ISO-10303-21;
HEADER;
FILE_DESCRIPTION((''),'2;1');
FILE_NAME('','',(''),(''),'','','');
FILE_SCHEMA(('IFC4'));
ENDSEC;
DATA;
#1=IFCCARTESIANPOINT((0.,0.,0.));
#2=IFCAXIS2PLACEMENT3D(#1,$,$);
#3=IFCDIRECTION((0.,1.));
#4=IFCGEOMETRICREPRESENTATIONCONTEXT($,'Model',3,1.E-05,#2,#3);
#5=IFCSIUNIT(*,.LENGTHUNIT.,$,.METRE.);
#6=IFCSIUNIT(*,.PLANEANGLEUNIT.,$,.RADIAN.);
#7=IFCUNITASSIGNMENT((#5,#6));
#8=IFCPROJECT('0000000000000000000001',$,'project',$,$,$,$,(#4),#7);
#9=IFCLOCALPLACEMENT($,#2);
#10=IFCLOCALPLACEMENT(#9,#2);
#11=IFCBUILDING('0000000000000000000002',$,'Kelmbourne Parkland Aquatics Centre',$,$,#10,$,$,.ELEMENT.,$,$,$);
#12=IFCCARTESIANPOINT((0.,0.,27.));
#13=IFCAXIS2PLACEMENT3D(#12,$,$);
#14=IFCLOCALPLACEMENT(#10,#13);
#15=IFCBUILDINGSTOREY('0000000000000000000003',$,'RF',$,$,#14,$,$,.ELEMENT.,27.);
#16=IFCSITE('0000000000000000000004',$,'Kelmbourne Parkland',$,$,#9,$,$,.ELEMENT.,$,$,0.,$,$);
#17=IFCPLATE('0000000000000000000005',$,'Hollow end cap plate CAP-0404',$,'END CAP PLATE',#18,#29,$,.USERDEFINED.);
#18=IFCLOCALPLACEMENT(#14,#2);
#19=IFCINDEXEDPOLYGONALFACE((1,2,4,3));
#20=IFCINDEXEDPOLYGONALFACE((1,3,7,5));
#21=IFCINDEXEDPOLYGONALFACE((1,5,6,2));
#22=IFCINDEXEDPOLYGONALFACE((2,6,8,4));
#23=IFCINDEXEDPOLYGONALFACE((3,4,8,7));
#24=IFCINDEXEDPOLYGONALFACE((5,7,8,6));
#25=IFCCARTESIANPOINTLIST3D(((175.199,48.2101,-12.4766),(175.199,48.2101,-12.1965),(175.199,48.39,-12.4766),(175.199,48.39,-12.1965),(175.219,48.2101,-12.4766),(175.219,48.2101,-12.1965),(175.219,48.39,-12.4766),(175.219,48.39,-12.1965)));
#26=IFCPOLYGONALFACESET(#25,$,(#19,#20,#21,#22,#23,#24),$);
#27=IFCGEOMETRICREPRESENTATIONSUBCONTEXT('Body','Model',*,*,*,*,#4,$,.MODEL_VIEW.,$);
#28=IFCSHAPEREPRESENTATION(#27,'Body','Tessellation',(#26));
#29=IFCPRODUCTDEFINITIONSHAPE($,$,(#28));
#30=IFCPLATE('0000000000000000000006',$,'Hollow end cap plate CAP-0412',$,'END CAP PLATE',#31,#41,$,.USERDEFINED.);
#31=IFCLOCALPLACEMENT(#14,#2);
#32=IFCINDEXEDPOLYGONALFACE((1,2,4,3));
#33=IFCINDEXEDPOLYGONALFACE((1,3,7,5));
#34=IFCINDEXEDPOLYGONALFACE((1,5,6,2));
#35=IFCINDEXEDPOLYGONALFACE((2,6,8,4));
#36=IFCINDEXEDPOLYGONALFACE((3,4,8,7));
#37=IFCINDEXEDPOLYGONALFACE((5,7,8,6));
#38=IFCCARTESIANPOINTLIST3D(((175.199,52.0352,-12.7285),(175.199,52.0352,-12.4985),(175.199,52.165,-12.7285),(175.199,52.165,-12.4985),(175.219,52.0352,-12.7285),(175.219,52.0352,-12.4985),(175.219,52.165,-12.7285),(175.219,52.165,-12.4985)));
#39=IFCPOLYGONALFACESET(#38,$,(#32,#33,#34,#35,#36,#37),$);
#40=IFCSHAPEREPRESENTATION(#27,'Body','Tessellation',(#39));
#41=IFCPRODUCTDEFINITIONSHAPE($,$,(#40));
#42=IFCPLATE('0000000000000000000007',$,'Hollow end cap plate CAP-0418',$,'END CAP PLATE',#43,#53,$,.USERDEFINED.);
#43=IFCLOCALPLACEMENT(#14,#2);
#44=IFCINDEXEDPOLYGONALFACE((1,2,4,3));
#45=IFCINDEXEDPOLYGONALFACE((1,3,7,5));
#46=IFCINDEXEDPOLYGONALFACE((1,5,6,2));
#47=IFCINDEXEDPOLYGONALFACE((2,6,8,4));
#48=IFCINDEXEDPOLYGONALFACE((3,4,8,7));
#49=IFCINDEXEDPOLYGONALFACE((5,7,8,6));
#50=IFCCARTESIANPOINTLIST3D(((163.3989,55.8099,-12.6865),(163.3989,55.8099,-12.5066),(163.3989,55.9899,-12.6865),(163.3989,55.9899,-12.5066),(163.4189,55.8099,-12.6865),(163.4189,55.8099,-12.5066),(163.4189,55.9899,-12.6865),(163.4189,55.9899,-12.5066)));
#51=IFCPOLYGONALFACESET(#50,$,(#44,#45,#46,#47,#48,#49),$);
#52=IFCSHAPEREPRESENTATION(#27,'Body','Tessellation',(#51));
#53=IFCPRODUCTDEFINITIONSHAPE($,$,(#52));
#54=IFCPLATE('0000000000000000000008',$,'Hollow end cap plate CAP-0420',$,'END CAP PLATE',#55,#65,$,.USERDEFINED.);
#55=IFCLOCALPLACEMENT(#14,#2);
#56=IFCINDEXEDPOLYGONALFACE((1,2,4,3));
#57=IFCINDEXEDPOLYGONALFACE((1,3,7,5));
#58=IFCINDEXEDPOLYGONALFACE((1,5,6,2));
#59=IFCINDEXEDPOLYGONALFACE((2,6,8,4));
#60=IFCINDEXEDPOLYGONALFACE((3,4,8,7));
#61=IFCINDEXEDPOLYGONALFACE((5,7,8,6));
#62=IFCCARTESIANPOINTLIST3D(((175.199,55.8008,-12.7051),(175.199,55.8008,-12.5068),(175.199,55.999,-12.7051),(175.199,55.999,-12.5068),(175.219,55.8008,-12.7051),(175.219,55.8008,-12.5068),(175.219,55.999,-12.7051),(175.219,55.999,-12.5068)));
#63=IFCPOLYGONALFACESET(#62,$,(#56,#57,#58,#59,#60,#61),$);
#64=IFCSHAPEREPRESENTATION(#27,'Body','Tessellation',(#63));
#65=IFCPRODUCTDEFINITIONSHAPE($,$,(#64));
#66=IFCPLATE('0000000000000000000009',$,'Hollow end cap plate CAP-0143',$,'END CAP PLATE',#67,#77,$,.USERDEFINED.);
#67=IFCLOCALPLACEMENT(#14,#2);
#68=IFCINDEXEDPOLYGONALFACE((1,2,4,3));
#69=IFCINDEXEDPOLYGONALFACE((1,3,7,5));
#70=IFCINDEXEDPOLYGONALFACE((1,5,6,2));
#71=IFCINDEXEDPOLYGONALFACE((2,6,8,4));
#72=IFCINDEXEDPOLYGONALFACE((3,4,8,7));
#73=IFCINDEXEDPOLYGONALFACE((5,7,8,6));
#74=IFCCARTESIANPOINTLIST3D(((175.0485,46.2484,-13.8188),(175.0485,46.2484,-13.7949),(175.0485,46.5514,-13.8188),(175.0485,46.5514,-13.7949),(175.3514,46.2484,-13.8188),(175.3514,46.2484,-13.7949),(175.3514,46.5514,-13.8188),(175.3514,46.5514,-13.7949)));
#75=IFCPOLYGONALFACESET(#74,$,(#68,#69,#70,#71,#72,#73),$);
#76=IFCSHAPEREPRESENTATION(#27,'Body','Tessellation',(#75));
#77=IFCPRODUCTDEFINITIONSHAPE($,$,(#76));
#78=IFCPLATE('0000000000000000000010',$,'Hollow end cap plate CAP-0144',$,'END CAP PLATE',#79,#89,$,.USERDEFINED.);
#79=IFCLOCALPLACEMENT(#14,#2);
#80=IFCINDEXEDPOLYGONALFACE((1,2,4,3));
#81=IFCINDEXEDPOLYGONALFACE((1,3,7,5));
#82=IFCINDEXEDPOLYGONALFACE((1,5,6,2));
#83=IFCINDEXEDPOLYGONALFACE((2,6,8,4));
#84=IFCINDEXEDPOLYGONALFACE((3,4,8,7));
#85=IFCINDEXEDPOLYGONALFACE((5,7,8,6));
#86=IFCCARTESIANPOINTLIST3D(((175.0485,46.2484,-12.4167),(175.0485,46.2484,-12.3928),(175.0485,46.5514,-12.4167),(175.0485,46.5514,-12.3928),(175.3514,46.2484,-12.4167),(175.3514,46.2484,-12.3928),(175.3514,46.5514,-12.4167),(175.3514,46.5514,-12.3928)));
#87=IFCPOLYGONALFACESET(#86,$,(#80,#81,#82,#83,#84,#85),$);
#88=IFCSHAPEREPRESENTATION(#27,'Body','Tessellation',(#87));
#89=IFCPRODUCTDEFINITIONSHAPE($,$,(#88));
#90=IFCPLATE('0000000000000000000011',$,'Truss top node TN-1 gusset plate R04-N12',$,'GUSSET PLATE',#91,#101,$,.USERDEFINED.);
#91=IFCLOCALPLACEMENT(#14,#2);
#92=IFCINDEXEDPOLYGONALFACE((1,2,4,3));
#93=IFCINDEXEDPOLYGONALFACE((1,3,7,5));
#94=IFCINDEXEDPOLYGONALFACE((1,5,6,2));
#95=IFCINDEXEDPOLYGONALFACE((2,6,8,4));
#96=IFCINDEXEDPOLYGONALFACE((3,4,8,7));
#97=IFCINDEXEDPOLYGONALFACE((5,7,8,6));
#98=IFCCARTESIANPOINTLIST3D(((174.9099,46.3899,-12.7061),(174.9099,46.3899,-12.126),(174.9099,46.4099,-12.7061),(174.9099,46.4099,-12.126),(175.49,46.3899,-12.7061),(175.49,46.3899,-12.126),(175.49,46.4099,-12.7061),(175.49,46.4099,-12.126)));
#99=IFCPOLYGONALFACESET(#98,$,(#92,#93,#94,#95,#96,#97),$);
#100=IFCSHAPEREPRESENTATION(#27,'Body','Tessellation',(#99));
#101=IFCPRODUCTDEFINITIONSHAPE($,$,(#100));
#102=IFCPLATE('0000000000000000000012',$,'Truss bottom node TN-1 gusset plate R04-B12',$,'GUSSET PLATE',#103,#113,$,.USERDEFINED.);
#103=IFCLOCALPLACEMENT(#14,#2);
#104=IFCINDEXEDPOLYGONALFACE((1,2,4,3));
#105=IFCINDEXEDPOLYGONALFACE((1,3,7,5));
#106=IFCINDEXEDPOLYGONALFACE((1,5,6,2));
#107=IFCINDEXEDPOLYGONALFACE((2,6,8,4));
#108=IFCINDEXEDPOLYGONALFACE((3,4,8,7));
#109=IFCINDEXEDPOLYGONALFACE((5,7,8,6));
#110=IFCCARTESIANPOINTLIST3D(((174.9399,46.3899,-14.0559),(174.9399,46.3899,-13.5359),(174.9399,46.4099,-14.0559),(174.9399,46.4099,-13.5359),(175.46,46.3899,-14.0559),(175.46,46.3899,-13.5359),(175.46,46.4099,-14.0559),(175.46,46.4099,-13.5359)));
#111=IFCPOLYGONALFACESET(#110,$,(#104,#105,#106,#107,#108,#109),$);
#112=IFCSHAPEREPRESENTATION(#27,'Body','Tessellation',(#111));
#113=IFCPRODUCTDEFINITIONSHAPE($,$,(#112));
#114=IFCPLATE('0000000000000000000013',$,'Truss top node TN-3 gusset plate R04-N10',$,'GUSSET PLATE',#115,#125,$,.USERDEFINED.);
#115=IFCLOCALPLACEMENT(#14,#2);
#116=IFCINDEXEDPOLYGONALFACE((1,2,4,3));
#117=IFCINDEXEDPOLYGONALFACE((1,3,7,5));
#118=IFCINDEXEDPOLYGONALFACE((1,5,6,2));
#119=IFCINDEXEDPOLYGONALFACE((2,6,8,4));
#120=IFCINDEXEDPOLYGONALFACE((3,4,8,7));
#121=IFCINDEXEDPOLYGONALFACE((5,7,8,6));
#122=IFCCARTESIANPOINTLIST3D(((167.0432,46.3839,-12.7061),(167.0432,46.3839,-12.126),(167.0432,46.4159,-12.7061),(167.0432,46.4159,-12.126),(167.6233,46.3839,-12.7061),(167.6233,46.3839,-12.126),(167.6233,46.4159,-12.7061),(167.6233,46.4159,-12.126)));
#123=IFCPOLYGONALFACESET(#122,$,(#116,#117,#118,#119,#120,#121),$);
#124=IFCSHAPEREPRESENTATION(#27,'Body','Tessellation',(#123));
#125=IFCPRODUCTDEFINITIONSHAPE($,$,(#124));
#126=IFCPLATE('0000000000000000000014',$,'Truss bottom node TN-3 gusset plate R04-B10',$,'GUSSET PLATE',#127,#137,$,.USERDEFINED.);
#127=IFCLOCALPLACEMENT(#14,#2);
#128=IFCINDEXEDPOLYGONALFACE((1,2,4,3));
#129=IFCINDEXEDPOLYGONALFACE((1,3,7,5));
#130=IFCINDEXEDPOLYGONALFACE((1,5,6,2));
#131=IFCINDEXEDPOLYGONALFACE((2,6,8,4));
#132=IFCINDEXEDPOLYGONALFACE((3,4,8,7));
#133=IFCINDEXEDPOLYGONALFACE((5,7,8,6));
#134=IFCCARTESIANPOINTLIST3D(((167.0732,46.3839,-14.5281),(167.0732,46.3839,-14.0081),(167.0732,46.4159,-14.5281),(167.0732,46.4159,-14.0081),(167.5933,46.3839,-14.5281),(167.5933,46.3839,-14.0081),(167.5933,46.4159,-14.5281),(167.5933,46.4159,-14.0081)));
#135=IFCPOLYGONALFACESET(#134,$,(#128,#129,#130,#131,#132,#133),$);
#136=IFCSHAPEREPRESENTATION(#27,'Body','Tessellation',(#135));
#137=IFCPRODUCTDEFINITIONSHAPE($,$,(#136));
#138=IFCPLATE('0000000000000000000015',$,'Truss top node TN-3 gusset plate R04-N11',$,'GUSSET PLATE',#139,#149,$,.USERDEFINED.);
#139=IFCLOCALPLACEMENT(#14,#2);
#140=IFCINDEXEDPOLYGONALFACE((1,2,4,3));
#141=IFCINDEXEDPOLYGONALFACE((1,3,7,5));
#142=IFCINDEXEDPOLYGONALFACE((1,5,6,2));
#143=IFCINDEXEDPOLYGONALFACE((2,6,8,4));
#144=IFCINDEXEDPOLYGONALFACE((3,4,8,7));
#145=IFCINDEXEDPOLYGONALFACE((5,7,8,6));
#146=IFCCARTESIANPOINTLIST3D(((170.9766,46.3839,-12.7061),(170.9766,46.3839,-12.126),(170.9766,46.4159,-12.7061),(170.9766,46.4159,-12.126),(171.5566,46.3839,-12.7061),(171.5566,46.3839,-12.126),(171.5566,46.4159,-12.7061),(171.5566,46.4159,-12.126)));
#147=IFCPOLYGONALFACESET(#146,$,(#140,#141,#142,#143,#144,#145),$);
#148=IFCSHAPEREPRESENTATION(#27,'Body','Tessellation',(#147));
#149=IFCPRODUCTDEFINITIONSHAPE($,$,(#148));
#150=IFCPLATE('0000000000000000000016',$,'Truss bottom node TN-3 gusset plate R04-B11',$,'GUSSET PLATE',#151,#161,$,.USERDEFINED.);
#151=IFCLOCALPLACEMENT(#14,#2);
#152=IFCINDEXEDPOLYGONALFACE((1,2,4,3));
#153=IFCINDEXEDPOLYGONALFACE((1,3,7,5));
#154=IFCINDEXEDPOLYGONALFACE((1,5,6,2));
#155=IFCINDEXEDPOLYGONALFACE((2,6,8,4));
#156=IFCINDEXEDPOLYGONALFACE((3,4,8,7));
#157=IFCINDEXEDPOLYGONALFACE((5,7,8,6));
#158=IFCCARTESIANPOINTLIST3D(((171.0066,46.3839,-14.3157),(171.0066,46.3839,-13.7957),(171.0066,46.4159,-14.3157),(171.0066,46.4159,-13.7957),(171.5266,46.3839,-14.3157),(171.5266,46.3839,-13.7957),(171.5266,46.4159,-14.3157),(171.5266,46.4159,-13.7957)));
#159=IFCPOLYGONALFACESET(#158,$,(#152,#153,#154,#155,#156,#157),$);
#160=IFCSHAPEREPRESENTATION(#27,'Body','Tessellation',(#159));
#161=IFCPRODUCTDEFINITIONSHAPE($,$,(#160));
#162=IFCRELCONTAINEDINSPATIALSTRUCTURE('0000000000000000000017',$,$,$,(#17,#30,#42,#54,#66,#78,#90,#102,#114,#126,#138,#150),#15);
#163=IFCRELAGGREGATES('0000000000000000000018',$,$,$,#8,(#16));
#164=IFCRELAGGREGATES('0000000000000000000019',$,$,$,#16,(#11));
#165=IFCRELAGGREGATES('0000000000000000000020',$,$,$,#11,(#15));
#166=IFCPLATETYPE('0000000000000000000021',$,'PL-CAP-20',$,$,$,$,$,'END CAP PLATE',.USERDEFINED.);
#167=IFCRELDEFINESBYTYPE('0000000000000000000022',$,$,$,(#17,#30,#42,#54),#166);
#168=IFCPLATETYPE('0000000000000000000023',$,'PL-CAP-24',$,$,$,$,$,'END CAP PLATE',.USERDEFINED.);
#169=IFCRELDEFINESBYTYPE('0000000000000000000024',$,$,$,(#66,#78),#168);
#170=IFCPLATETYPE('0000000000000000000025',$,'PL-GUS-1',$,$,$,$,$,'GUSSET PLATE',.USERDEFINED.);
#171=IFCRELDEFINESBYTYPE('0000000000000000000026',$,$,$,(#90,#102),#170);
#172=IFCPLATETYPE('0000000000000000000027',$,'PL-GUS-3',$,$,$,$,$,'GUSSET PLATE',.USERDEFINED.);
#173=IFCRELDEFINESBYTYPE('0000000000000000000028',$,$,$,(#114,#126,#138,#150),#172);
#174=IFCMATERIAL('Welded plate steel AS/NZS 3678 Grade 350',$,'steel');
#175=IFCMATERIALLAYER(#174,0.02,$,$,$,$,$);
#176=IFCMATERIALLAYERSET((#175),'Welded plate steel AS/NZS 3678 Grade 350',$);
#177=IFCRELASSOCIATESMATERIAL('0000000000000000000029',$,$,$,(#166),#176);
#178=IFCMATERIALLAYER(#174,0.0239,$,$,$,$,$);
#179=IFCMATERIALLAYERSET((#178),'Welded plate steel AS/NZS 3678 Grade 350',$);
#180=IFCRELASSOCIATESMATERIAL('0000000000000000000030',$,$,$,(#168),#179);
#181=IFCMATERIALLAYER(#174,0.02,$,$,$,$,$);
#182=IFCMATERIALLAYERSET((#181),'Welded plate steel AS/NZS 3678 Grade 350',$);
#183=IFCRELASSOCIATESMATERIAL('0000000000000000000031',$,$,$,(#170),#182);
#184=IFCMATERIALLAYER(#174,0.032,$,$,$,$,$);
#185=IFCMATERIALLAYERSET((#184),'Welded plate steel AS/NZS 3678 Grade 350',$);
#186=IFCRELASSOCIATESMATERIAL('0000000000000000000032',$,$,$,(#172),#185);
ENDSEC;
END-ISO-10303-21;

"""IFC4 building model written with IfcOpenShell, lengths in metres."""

from ifc_helpers import new_model, si_unit, direction, frame, origin, origin_2d, place, context, subcontext, project, spatial, rectangle, extrude, material, layer, layer_set, type_object, element, save


model = new_model("IFC4")

# Units and contexts
model_context = context("Model", 3, precision=1e-05, world=origin(), true_north=direction((0.0, 1.0)))
body_context = subcontext(model_context, "Body", "Model", "MODEL_VIEW")
ifc_project = project(units=[si_unit("LENGTHUNIT", "METRE"), si_unit("PLANEANGLEUNIT", "RADIAN")], contexts=[model_context])

# Site, building, storey
site_placement = place(None, origin())
site = spatial("IfcSite", under=ifc_project, at=site_placement, Name="Kelmbourne Parkland", CompositionType="ELEMENT", RefElevation=0.0)
building_placement = place(site_placement, origin())
building = spatial("IfcBuilding", under=site, at=building_placement, Name="Kelmbourne Parkland Aquatics Centre", CompositionType="ELEMENT")
storey_placement = place(building_placement, frame((0.0, 0.0, 27.0)))
storey = spatial("IfcBuildingStorey", under=building, at=storey_placement, Name="RF", CompositionType="ELEMENT", Elevation=27.0)

# Shared definitions
ifc_material_1 = material(Name="Welded plate steel AS/NZS 3678 Grade 350", Category="steel")

# Plates
ifc_layer_1 = layer(ifc_material_1, 0.02)
ifc_layer_set_1 = layer_set([ifc_layer_1], Name="Welded plate steel AS/NZS 3678 Grade 350")
plate_type_1 = type_object("IfcPlateType", Name="PL-CAP-20", ElementType="END CAP PLATE", PredefinedType="USERDEFINED", material=ifc_layer_set_1)
plate_1_placement = place(storey_placement, frame((175.209, 48.3, -12.4766), z_axis=(0.0, 0.0, 1.0), x_axis=(1.0, 0.0, 0.0)))
element("IfcPlate", 1, at=plate_1_placement, inside=storey, type_object=plate_type_1, Name="Hollow end cap plate CAP-0404", ObjectType="END CAP PLATE", PredefinedType="USERDEFINED", context=body_context, shape_type="SweptSolid", body=[
    extrude(rectangle(XDim=0.02, YDim=0.1799, at=origin_2d()), origin(), (0.0, 0.0, 1.0), 0.28),
])
plate_2_placement = place(storey_placement, frame((175.209, 52.1001, -12.7285), z_axis=(0.0, 0.0, 1.0), x_axis=(1.0, 0.0, 0.0)))
element("IfcPlate", 2, at=plate_2_placement, inside=storey, type_object=plate_type_1, Name="Hollow end cap plate CAP-0412", ObjectType="END CAP PLATE", PredefinedType="USERDEFINED", context=body_context, shape_type="SweptSolid", body=[
    extrude(rectangle(XDim=0.02, YDim=0.1299, at=origin_2d()), origin(), (0.0, 0.0, 1.0), 0.23),
])
plate_3_placement = place(storey_placement, frame((163.4089, 55.8999, -12.6865), z_axis=(0.0, 0.0, 1.0), x_axis=(1.0, 0.0, 0.0)))
element("IfcPlate", 3, at=plate_3_placement, inside=storey, type_object=plate_type_1, Name="Hollow end cap plate CAP-0418", ObjectType="END CAP PLATE", PredefinedType="USERDEFINED", context=body_context, shape_type="SweptSolid", body=[
    extrude(rectangle(XDim=0.02, YDim=0.1799, at=origin_2d()), origin(), (0.0, 0.0, 1.0), 0.1799),
])
plate_4_placement = place(storey_placement, frame((175.209, 55.8999, -12.7051), z_axis=(0.0, 0.0, 1.0), x_axis=(1.0, 0.0, 0.0)))
element("IfcPlate", 4, at=plate_4_placement, inside=storey, type_object=plate_type_1, Name="Hollow end cap plate CAP-0420", ObjectType="END CAP PLATE", PredefinedType="USERDEFINED", context=body_context, shape_type="SweptSolid", body=[
    extrude(rectangle(XDim=0.02, YDim=0.1982, at=origin_2d()), origin(), (0.0, 0.0, 1.0), 0.1982),
])
ifc_layer_2 = layer(ifc_material_1, 0.0239)
ifc_layer_set_2 = layer_set([ifc_layer_2], Name="Welded plate steel AS/NZS 3678 Grade 350")
plate_type_2 = type_object("IfcPlateType", Name="PL-CAP-24", ElementType="END CAP PLATE", PredefinedType="USERDEFINED", material=ifc_layer_set_2)
for number, where, z_axis, x_axis, name in (
    (5, (175.2, 46.3999, -13.8188), (0.0, 0.0, 1.0), (1.0, 0.0, 0.0), "Hollow end cap plate CAP-0143"),
    (6, (175.2, 46.3999, -12.4167), (0.0, 0.0, 1.0), (1.0, 0.0, 0.0), "Hollow end cap plate CAP-0144"),
):
    element("IfcPlate", number, at=place(storey_placement, frame(where, z_axis=z_axis, x_axis=x_axis)), inside=storey, type_object=plate_type_2, Name=name, ObjectType="END CAP PLATE", PredefinedType="USERDEFINED", context=body_context, shape_type="SweptSolid", body=[
        extrude(rectangle(XDim=0.303, YDim=0.303, at=origin_2d()), origin(), (0.0, 0.0, 1.0), 0.0239),
    ])
ifc_layer_3 = layer(ifc_material_1, 0.02)
ifc_layer_set_3 = layer_set([ifc_layer_3], Name="Welded plate steel AS/NZS 3678 Grade 350")
plate_type_3 = type_object("IfcPlateType", Name="PL-GUS-1", ElementType="GUSSET PLATE", PredefinedType="USERDEFINED", material=ifc_layer_set_3)
plate_5_placement = place(storey_placement, frame((175.2, 46.3999, -12.7061), z_axis=(0.0, 0.0, 1.0), x_axis=(1.0, 0.0, 0.0)))
element("IfcPlate", 7, at=plate_5_placement, inside=storey, type_object=plate_type_3, Name="Truss top node TN-1 gusset plate R04-N12", ObjectType="GUSSET PLATE", PredefinedType="USERDEFINED", context=body_context, shape_type="SweptSolid", body=[
    extrude(rectangle(XDim=0.5801, YDim=0.02, at=origin_2d()), origin(), (0.0, 0.0, 1.0), 0.5801),
])
plate_6_placement = place(storey_placement, frame((175.2, 46.3999, -14.0559), z_axis=(0.0, 0.0, 1.0), x_axis=(1.0, 0.0, 0.0)))
element("IfcPlate", 8, at=plate_6_placement, inside=storey, type_object=plate_type_3, Name="Truss bottom node TN-1 gusset plate R04-B12", ObjectType="GUSSET PLATE", PredefinedType="USERDEFINED", context=body_context, shape_type="SweptSolid", body=[
    extrude(rectangle(XDim=0.52, YDim=0.02, at=origin_2d()), origin(), (0.0, 0.0, 1.0), 0.52),
])
ifc_layer_4 = layer(ifc_material_1, 0.032)
ifc_layer_set_4 = layer_set([ifc_layer_4], Name="Welded plate steel AS/NZS 3678 Grade 350")
plate_type_4 = type_object("IfcPlateType", Name="PL-GUS-3", ElementType="GUSSET PLATE", PredefinedType="USERDEFINED", material=ifc_layer_set_4)
plate_7_placement = place(storey_placement, frame((167.3333, 46.3999, -12.7061), z_axis=(0.0, 0.0, 1.0), x_axis=(1.0, 0.0, 0.0)))
element("IfcPlate", 9, at=plate_7_placement, inside=storey, type_object=plate_type_4, Name="Truss top node TN-3 gusset plate R04-N10", ObjectType="GUSSET PLATE", PredefinedType="USERDEFINED", context=body_context, shape_type="SweptSolid", body=[
    extrude(rectangle(XDim=0.5801, YDim=0.032, at=origin_2d()), origin(), (0.0, 0.0, 1.0), 0.5801),
])
plate_8_placement = place(storey_placement, frame((167.3333, 46.3999, -14.5281), z_axis=(0.0, 0.0, 1.0), x_axis=(1.0, 0.0, 0.0)))
element("IfcPlate", 10, at=plate_8_placement, inside=storey, type_object=plate_type_4, Name="Truss bottom node TN-3 gusset plate R04-B10", ObjectType="GUSSET PLATE", PredefinedType="USERDEFINED", context=body_context, shape_type="SweptSolid", body=[
    extrude(rectangle(XDim=0.52, YDim=0.032, at=origin_2d()), origin(), (0.0, 0.0, 1.0), 0.52),
])
plate_9_placement = place(storey_placement, frame((171.2666, 46.3999, -12.7061), z_axis=(0.0, 0.0, 1.0), x_axis=(1.0, 0.0, 0.0)))
element("IfcPlate", 11, at=plate_9_placement, inside=storey, type_object=plate_type_4, Name="Truss top node TN-3 gusset plate R04-N11", ObjectType="GUSSET PLATE", PredefinedType="USERDEFINED", context=body_context, shape_type="SweptSolid", body=[
    extrude(rectangle(XDim=0.5801, YDim=0.032, at=origin_2d()), origin(), (0.0, 0.0, 1.0), 0.5801),
])
plate_10_placement = place(storey_placement, frame((171.2666, 46.3999, -14.3157), z_axis=(0.0, 0.0, 1.0), x_axis=(1.0, 0.0, 0.0)))
element("IfcPlate", 12, at=plate_10_placement, inside=storey, type_object=plate_type_4, Name="Truss bottom node TN-3 gusset plate R04-B11", ObjectType="GUSSET PLATE", PredefinedType="USERDEFINED", context=body_context, shape_type="SweptSolid", body=[
    extrude(rectangle(XDim=0.52, YDim=0.032, at=origin_2d()), origin(), (0.0, 0.0, 1.0), 0.52),
])

save(model, "model.ifc")
